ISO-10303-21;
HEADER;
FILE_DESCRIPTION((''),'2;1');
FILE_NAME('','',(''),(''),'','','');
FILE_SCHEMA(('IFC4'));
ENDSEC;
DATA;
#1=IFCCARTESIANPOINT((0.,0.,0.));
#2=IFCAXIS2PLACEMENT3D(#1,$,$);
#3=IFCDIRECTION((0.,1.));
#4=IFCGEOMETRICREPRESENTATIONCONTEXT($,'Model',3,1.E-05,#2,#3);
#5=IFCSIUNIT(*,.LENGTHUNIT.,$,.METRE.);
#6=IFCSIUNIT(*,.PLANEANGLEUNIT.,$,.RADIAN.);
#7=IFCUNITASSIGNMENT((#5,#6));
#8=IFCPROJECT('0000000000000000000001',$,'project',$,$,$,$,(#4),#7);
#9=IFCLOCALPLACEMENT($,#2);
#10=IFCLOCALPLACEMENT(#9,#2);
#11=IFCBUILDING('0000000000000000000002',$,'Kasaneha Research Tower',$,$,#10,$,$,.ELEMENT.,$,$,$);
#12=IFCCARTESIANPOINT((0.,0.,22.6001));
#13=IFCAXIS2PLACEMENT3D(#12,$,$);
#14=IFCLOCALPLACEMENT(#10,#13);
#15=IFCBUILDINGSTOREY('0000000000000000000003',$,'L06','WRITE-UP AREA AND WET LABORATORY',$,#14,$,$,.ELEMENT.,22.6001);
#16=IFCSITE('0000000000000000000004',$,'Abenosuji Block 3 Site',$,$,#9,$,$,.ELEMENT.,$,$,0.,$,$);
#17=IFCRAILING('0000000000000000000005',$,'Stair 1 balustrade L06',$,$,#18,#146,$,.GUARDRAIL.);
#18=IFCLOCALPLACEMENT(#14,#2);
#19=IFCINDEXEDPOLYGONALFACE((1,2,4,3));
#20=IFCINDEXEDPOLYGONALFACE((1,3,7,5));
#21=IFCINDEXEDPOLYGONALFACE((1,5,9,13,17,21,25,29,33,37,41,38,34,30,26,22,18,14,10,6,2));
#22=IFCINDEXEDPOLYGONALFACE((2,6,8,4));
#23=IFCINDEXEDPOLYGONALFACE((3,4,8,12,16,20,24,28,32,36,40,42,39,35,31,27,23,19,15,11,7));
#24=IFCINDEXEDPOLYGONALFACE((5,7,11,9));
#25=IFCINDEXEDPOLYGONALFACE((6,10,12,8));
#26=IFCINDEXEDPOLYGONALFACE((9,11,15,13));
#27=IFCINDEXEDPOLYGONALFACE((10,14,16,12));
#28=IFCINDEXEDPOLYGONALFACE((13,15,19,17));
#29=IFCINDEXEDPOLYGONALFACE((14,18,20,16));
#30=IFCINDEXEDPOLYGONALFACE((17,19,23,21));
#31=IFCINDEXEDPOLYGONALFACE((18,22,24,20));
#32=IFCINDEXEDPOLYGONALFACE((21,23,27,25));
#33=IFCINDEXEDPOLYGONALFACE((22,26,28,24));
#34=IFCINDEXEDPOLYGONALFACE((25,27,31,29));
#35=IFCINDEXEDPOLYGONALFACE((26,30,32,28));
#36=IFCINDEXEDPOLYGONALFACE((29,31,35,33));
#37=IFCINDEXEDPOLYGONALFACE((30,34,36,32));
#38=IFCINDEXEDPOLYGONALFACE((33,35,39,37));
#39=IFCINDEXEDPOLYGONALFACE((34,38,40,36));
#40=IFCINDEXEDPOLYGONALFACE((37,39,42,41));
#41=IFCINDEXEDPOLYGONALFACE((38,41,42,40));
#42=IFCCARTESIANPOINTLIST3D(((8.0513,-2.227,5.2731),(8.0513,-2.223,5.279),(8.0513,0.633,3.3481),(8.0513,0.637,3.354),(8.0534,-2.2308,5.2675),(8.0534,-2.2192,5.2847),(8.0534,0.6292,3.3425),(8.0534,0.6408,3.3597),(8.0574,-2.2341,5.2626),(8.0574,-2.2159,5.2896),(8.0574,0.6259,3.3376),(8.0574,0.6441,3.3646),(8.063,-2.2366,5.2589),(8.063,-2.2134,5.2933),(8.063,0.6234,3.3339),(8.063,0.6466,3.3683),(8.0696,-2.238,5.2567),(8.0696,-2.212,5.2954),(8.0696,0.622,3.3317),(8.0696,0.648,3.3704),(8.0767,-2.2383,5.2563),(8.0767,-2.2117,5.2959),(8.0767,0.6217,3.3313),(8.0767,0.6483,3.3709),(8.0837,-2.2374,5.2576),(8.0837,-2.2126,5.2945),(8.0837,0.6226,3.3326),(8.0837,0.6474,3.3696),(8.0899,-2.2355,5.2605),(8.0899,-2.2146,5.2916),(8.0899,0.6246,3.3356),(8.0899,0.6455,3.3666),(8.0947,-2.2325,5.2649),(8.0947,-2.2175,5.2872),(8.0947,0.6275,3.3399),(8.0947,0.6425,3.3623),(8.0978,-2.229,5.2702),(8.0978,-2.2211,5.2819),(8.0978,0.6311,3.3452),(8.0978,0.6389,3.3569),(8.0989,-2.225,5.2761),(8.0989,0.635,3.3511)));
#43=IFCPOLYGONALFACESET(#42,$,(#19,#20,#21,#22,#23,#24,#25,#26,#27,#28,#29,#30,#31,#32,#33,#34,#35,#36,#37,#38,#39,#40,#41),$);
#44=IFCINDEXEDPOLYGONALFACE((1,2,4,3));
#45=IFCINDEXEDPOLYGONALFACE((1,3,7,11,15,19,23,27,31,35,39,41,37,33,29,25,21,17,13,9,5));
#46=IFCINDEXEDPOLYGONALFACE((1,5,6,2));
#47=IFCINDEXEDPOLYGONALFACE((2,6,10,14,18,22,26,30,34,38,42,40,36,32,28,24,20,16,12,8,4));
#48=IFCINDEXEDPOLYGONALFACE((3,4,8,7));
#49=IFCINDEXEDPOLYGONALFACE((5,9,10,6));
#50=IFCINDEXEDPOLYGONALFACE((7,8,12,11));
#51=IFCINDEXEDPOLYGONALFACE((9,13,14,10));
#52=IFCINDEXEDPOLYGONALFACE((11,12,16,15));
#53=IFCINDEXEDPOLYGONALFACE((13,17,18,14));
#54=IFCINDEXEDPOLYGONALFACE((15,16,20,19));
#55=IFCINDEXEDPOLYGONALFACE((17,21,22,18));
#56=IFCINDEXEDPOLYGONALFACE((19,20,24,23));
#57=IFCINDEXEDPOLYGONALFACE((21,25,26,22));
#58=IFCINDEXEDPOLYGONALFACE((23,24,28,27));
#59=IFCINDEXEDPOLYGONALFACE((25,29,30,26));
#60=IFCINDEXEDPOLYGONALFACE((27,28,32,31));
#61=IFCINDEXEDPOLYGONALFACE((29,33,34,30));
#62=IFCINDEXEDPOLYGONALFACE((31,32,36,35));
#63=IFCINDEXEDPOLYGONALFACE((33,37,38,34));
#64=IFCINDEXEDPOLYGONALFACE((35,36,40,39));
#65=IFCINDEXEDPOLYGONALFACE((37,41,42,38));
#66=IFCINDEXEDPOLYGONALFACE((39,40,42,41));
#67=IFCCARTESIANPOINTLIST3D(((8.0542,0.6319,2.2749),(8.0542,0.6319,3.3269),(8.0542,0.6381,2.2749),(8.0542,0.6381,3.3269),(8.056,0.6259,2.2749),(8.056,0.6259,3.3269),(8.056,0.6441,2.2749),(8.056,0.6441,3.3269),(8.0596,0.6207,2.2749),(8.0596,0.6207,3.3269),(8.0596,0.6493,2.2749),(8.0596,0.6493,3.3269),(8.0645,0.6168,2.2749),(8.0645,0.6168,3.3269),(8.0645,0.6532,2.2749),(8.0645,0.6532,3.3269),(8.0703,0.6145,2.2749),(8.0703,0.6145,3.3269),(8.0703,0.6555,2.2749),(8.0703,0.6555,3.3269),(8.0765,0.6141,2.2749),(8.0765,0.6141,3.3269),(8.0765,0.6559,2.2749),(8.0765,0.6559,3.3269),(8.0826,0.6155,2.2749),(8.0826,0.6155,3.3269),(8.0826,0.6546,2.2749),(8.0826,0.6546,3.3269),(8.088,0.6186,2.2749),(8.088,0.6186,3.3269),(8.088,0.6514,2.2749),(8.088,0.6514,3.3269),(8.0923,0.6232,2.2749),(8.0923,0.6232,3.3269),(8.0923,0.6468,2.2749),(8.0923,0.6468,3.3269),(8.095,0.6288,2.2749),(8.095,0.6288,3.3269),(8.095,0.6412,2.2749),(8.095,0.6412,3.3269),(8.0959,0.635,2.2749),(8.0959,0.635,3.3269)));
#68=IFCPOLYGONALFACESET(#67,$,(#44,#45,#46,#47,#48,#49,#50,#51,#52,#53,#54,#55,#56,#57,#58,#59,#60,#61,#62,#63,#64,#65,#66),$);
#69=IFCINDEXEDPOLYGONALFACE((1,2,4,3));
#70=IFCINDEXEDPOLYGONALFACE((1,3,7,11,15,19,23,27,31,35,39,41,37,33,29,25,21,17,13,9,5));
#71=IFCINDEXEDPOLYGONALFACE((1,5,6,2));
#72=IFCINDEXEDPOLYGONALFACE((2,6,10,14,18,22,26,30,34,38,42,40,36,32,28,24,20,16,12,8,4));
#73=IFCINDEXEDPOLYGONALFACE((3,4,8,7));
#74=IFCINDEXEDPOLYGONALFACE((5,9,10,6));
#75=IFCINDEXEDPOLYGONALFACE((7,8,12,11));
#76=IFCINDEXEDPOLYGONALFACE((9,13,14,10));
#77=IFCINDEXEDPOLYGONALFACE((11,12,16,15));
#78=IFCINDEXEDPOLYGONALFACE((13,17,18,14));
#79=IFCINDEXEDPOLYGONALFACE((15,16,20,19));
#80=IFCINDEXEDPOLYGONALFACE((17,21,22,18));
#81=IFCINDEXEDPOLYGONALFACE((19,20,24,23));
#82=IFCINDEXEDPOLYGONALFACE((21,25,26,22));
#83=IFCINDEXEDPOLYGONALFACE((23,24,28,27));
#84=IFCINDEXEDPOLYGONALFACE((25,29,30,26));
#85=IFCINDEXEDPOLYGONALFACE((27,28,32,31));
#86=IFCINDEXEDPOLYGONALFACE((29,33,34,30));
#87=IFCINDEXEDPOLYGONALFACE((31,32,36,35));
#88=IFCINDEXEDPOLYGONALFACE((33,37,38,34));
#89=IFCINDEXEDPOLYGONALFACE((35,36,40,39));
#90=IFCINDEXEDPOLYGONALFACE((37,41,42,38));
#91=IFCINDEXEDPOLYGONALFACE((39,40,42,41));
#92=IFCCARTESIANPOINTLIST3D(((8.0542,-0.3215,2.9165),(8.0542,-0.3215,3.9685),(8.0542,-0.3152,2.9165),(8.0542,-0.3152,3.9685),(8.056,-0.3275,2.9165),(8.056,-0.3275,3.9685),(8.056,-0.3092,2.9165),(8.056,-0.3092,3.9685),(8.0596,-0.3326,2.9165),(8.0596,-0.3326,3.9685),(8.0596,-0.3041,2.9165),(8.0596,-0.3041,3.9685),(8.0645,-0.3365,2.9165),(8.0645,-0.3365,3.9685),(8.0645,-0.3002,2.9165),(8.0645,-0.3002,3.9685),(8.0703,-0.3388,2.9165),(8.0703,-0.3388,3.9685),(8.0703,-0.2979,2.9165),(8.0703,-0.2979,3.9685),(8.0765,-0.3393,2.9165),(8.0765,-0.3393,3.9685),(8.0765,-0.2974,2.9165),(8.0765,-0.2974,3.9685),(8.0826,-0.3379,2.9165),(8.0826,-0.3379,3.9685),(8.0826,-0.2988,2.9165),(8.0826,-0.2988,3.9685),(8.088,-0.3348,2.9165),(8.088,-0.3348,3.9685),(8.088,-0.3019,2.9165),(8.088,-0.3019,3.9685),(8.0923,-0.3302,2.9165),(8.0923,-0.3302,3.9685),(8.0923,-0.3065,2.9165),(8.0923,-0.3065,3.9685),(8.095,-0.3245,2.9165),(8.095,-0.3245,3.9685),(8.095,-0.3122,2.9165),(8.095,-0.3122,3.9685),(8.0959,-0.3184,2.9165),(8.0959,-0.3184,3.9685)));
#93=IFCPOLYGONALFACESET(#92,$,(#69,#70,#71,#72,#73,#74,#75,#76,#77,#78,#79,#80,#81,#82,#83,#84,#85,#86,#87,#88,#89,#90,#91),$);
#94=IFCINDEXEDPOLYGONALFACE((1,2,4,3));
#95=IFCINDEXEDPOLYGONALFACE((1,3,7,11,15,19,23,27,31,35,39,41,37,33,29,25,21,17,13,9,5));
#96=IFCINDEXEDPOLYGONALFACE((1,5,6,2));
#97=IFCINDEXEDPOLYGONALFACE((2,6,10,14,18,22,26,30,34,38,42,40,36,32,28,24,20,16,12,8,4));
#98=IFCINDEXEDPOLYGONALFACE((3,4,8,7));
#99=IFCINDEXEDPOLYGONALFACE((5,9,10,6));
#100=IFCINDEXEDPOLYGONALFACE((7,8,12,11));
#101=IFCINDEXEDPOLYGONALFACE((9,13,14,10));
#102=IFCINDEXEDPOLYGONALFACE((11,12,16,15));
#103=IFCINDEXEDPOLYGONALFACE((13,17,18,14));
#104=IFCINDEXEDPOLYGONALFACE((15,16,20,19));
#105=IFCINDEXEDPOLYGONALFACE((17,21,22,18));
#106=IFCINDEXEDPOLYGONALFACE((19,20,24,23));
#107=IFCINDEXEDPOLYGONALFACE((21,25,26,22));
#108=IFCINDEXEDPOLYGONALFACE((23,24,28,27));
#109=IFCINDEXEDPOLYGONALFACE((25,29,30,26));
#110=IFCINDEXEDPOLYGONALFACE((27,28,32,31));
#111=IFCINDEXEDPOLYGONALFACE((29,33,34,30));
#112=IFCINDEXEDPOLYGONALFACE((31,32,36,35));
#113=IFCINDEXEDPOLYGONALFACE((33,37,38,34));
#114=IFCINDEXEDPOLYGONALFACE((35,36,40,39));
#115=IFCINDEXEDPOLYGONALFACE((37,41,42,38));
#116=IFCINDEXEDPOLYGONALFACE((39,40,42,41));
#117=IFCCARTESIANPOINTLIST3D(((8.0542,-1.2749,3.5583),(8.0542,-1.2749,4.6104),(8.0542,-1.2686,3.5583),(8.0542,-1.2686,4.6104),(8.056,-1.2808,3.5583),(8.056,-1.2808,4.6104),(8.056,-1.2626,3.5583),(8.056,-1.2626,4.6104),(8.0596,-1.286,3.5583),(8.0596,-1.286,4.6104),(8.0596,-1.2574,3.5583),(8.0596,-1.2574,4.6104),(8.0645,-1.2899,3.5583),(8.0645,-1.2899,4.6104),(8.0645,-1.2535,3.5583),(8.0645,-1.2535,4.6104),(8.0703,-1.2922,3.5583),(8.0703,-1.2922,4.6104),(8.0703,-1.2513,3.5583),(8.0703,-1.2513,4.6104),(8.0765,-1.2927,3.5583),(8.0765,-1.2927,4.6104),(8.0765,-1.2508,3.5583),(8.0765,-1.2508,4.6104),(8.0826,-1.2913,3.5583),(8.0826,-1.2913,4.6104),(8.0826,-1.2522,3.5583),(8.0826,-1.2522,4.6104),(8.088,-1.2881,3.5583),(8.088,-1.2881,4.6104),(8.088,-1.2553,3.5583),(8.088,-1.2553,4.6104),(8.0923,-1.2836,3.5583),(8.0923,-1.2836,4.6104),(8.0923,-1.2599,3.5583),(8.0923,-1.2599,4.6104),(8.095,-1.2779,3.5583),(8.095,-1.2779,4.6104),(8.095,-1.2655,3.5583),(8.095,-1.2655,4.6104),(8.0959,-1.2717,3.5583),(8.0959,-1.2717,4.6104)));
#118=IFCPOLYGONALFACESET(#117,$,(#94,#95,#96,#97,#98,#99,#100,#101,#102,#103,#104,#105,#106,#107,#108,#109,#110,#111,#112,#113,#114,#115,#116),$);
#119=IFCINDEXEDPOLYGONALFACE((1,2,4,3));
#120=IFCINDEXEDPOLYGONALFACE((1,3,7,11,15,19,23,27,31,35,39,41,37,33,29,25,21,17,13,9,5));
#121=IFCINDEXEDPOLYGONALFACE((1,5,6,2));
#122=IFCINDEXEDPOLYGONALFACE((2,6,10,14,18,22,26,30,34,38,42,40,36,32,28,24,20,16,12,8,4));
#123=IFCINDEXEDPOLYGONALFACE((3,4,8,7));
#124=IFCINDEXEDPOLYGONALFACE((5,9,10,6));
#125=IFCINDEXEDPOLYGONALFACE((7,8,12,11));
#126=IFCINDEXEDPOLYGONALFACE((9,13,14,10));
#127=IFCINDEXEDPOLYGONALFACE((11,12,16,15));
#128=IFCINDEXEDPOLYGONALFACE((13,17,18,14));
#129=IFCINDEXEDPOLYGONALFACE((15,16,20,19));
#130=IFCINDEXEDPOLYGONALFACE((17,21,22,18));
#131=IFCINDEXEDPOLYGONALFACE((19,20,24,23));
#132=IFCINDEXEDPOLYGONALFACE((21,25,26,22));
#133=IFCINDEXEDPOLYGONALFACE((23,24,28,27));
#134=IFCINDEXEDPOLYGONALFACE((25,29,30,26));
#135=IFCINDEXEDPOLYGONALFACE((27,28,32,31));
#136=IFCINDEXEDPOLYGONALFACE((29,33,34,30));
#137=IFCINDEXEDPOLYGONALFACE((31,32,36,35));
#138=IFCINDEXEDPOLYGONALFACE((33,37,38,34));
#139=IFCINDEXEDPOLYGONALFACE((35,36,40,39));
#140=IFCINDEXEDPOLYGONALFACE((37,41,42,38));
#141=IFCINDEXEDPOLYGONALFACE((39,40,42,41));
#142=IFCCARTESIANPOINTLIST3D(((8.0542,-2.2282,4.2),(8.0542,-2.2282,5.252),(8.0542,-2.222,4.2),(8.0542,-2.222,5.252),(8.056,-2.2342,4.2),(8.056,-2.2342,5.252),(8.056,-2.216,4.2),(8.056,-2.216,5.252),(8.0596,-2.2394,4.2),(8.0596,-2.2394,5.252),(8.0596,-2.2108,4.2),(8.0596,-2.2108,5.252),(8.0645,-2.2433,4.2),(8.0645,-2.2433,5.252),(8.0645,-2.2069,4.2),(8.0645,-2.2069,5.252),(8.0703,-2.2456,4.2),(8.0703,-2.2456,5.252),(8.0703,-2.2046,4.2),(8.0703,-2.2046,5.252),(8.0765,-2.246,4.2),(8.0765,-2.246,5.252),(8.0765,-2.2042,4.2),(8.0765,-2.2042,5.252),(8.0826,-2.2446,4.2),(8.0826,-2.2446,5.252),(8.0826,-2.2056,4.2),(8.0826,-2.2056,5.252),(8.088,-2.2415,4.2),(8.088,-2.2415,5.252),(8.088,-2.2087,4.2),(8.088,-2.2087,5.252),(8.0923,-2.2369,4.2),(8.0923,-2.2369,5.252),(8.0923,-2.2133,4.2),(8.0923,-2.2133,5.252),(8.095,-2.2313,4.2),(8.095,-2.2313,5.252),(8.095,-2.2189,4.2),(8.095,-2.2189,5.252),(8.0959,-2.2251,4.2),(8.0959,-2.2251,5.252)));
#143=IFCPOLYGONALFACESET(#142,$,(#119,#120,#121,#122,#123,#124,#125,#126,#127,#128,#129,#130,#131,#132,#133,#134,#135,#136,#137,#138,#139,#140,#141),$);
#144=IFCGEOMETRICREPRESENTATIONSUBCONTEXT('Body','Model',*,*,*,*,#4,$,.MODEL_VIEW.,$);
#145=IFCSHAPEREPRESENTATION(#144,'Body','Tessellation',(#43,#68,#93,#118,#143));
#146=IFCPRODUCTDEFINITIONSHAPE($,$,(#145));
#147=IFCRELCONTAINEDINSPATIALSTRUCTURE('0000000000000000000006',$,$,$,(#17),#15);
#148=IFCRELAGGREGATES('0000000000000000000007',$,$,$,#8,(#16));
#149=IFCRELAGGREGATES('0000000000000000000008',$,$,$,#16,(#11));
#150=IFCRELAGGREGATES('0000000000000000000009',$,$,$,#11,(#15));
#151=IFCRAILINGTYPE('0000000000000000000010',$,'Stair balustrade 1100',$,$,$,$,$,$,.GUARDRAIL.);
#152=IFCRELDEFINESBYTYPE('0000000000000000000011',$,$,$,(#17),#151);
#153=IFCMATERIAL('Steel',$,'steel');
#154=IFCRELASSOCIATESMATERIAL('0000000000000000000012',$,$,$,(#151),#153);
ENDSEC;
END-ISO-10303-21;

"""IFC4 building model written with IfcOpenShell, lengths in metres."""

from ifc_helpers import new_model, si_unit, direction, frame, origin, origin_2d, place, context, subcontext, project, spatial, circle, extrude, material, type_object, element, save


model = new_model("IFC4")

# Units and contexts
model_context = context("Model", 3, precision=1e-05, world=origin(), true_north=direction((0.0, 1.0)))
body_context = subcontext(model_context, "Body", "Model", "MODEL_VIEW")
ifc_project = project(units=[si_unit("LENGTHUNIT", "METRE"), si_unit("PLANEANGLEUNIT", "RADIAN")], contexts=[model_context])

# Site, building, storey
site_placement = place(None, origin())
site = spatial("IfcSite", under=ifc_project, at=site_placement, Name="Abenosuji Block 3 Site", CompositionType="ELEMENT", RefElevation=0.0)
building_placement = place(site_placement, origin())
building = spatial("IfcBuilding", under=site, at=building_placement, Name="Kasaneha Research Tower", CompositionType="ELEMENT")
storey_placement = place(building_placement, frame((0.0, 0.0, 22.6001)))
storey = spatial("IfcBuildingStorey", under=building, at=storey_placement, Name="L06", Description="WRITE-UP AREA AND WET LABORATORY", CompositionType="ELEMENT", Elevation=22.6001)

# Railing
ifc_material_1 = material(Name="Steel", Category="steel")
railing_type_1 = type_object("IfcRailingType", Name="Stair balustrade 1100", PredefinedType="GUARDRAIL", material=ifc_material_1)
railing_1_placement = place(storey_placement, frame((8.075, 0.635, 2.2749)))
element("IfcRailing", 1, at=railing_1_placement, inside=storey, type_object=railing_type_1, Name="Stair 1 balustrade L06", PredefinedType="GUARDRAIL", context=body_context, shape_type="SweptSolid", body=[
    extrude(circle(Radius=0.0239, at=origin_2d()), frame((0.0, 0.0, 1.0762), z_axis=(0.0, -0.829591, 0.558372), x_axis=(1.0, 0.0, 0.0)), (0.0, 0.0, 1.0), 3.4475),
    extrude(circle(Radius=0.021, at=origin_2d()), origin(), (0.0, 0.0, 1.0), 1.052),
    extrude(circle(Radius=0.021, at=origin_2d()), frame((0.0, -0.9534, 0.6416)), (0.0, 0.0, 1.0), 1.052),
    extrude(circle(Radius=0.021, at=origin_2d()), frame((0.0, -1.9067, 1.2834)), (0.0, 0.0, 1.0), 1.052),
    extrude(circle(Radius=0.021, at=origin_2d()), frame((0.0, -2.8601, 1.925)), (0.0, 0.0, 1.0), 1.052),
])

save(model, "model.ifc")
